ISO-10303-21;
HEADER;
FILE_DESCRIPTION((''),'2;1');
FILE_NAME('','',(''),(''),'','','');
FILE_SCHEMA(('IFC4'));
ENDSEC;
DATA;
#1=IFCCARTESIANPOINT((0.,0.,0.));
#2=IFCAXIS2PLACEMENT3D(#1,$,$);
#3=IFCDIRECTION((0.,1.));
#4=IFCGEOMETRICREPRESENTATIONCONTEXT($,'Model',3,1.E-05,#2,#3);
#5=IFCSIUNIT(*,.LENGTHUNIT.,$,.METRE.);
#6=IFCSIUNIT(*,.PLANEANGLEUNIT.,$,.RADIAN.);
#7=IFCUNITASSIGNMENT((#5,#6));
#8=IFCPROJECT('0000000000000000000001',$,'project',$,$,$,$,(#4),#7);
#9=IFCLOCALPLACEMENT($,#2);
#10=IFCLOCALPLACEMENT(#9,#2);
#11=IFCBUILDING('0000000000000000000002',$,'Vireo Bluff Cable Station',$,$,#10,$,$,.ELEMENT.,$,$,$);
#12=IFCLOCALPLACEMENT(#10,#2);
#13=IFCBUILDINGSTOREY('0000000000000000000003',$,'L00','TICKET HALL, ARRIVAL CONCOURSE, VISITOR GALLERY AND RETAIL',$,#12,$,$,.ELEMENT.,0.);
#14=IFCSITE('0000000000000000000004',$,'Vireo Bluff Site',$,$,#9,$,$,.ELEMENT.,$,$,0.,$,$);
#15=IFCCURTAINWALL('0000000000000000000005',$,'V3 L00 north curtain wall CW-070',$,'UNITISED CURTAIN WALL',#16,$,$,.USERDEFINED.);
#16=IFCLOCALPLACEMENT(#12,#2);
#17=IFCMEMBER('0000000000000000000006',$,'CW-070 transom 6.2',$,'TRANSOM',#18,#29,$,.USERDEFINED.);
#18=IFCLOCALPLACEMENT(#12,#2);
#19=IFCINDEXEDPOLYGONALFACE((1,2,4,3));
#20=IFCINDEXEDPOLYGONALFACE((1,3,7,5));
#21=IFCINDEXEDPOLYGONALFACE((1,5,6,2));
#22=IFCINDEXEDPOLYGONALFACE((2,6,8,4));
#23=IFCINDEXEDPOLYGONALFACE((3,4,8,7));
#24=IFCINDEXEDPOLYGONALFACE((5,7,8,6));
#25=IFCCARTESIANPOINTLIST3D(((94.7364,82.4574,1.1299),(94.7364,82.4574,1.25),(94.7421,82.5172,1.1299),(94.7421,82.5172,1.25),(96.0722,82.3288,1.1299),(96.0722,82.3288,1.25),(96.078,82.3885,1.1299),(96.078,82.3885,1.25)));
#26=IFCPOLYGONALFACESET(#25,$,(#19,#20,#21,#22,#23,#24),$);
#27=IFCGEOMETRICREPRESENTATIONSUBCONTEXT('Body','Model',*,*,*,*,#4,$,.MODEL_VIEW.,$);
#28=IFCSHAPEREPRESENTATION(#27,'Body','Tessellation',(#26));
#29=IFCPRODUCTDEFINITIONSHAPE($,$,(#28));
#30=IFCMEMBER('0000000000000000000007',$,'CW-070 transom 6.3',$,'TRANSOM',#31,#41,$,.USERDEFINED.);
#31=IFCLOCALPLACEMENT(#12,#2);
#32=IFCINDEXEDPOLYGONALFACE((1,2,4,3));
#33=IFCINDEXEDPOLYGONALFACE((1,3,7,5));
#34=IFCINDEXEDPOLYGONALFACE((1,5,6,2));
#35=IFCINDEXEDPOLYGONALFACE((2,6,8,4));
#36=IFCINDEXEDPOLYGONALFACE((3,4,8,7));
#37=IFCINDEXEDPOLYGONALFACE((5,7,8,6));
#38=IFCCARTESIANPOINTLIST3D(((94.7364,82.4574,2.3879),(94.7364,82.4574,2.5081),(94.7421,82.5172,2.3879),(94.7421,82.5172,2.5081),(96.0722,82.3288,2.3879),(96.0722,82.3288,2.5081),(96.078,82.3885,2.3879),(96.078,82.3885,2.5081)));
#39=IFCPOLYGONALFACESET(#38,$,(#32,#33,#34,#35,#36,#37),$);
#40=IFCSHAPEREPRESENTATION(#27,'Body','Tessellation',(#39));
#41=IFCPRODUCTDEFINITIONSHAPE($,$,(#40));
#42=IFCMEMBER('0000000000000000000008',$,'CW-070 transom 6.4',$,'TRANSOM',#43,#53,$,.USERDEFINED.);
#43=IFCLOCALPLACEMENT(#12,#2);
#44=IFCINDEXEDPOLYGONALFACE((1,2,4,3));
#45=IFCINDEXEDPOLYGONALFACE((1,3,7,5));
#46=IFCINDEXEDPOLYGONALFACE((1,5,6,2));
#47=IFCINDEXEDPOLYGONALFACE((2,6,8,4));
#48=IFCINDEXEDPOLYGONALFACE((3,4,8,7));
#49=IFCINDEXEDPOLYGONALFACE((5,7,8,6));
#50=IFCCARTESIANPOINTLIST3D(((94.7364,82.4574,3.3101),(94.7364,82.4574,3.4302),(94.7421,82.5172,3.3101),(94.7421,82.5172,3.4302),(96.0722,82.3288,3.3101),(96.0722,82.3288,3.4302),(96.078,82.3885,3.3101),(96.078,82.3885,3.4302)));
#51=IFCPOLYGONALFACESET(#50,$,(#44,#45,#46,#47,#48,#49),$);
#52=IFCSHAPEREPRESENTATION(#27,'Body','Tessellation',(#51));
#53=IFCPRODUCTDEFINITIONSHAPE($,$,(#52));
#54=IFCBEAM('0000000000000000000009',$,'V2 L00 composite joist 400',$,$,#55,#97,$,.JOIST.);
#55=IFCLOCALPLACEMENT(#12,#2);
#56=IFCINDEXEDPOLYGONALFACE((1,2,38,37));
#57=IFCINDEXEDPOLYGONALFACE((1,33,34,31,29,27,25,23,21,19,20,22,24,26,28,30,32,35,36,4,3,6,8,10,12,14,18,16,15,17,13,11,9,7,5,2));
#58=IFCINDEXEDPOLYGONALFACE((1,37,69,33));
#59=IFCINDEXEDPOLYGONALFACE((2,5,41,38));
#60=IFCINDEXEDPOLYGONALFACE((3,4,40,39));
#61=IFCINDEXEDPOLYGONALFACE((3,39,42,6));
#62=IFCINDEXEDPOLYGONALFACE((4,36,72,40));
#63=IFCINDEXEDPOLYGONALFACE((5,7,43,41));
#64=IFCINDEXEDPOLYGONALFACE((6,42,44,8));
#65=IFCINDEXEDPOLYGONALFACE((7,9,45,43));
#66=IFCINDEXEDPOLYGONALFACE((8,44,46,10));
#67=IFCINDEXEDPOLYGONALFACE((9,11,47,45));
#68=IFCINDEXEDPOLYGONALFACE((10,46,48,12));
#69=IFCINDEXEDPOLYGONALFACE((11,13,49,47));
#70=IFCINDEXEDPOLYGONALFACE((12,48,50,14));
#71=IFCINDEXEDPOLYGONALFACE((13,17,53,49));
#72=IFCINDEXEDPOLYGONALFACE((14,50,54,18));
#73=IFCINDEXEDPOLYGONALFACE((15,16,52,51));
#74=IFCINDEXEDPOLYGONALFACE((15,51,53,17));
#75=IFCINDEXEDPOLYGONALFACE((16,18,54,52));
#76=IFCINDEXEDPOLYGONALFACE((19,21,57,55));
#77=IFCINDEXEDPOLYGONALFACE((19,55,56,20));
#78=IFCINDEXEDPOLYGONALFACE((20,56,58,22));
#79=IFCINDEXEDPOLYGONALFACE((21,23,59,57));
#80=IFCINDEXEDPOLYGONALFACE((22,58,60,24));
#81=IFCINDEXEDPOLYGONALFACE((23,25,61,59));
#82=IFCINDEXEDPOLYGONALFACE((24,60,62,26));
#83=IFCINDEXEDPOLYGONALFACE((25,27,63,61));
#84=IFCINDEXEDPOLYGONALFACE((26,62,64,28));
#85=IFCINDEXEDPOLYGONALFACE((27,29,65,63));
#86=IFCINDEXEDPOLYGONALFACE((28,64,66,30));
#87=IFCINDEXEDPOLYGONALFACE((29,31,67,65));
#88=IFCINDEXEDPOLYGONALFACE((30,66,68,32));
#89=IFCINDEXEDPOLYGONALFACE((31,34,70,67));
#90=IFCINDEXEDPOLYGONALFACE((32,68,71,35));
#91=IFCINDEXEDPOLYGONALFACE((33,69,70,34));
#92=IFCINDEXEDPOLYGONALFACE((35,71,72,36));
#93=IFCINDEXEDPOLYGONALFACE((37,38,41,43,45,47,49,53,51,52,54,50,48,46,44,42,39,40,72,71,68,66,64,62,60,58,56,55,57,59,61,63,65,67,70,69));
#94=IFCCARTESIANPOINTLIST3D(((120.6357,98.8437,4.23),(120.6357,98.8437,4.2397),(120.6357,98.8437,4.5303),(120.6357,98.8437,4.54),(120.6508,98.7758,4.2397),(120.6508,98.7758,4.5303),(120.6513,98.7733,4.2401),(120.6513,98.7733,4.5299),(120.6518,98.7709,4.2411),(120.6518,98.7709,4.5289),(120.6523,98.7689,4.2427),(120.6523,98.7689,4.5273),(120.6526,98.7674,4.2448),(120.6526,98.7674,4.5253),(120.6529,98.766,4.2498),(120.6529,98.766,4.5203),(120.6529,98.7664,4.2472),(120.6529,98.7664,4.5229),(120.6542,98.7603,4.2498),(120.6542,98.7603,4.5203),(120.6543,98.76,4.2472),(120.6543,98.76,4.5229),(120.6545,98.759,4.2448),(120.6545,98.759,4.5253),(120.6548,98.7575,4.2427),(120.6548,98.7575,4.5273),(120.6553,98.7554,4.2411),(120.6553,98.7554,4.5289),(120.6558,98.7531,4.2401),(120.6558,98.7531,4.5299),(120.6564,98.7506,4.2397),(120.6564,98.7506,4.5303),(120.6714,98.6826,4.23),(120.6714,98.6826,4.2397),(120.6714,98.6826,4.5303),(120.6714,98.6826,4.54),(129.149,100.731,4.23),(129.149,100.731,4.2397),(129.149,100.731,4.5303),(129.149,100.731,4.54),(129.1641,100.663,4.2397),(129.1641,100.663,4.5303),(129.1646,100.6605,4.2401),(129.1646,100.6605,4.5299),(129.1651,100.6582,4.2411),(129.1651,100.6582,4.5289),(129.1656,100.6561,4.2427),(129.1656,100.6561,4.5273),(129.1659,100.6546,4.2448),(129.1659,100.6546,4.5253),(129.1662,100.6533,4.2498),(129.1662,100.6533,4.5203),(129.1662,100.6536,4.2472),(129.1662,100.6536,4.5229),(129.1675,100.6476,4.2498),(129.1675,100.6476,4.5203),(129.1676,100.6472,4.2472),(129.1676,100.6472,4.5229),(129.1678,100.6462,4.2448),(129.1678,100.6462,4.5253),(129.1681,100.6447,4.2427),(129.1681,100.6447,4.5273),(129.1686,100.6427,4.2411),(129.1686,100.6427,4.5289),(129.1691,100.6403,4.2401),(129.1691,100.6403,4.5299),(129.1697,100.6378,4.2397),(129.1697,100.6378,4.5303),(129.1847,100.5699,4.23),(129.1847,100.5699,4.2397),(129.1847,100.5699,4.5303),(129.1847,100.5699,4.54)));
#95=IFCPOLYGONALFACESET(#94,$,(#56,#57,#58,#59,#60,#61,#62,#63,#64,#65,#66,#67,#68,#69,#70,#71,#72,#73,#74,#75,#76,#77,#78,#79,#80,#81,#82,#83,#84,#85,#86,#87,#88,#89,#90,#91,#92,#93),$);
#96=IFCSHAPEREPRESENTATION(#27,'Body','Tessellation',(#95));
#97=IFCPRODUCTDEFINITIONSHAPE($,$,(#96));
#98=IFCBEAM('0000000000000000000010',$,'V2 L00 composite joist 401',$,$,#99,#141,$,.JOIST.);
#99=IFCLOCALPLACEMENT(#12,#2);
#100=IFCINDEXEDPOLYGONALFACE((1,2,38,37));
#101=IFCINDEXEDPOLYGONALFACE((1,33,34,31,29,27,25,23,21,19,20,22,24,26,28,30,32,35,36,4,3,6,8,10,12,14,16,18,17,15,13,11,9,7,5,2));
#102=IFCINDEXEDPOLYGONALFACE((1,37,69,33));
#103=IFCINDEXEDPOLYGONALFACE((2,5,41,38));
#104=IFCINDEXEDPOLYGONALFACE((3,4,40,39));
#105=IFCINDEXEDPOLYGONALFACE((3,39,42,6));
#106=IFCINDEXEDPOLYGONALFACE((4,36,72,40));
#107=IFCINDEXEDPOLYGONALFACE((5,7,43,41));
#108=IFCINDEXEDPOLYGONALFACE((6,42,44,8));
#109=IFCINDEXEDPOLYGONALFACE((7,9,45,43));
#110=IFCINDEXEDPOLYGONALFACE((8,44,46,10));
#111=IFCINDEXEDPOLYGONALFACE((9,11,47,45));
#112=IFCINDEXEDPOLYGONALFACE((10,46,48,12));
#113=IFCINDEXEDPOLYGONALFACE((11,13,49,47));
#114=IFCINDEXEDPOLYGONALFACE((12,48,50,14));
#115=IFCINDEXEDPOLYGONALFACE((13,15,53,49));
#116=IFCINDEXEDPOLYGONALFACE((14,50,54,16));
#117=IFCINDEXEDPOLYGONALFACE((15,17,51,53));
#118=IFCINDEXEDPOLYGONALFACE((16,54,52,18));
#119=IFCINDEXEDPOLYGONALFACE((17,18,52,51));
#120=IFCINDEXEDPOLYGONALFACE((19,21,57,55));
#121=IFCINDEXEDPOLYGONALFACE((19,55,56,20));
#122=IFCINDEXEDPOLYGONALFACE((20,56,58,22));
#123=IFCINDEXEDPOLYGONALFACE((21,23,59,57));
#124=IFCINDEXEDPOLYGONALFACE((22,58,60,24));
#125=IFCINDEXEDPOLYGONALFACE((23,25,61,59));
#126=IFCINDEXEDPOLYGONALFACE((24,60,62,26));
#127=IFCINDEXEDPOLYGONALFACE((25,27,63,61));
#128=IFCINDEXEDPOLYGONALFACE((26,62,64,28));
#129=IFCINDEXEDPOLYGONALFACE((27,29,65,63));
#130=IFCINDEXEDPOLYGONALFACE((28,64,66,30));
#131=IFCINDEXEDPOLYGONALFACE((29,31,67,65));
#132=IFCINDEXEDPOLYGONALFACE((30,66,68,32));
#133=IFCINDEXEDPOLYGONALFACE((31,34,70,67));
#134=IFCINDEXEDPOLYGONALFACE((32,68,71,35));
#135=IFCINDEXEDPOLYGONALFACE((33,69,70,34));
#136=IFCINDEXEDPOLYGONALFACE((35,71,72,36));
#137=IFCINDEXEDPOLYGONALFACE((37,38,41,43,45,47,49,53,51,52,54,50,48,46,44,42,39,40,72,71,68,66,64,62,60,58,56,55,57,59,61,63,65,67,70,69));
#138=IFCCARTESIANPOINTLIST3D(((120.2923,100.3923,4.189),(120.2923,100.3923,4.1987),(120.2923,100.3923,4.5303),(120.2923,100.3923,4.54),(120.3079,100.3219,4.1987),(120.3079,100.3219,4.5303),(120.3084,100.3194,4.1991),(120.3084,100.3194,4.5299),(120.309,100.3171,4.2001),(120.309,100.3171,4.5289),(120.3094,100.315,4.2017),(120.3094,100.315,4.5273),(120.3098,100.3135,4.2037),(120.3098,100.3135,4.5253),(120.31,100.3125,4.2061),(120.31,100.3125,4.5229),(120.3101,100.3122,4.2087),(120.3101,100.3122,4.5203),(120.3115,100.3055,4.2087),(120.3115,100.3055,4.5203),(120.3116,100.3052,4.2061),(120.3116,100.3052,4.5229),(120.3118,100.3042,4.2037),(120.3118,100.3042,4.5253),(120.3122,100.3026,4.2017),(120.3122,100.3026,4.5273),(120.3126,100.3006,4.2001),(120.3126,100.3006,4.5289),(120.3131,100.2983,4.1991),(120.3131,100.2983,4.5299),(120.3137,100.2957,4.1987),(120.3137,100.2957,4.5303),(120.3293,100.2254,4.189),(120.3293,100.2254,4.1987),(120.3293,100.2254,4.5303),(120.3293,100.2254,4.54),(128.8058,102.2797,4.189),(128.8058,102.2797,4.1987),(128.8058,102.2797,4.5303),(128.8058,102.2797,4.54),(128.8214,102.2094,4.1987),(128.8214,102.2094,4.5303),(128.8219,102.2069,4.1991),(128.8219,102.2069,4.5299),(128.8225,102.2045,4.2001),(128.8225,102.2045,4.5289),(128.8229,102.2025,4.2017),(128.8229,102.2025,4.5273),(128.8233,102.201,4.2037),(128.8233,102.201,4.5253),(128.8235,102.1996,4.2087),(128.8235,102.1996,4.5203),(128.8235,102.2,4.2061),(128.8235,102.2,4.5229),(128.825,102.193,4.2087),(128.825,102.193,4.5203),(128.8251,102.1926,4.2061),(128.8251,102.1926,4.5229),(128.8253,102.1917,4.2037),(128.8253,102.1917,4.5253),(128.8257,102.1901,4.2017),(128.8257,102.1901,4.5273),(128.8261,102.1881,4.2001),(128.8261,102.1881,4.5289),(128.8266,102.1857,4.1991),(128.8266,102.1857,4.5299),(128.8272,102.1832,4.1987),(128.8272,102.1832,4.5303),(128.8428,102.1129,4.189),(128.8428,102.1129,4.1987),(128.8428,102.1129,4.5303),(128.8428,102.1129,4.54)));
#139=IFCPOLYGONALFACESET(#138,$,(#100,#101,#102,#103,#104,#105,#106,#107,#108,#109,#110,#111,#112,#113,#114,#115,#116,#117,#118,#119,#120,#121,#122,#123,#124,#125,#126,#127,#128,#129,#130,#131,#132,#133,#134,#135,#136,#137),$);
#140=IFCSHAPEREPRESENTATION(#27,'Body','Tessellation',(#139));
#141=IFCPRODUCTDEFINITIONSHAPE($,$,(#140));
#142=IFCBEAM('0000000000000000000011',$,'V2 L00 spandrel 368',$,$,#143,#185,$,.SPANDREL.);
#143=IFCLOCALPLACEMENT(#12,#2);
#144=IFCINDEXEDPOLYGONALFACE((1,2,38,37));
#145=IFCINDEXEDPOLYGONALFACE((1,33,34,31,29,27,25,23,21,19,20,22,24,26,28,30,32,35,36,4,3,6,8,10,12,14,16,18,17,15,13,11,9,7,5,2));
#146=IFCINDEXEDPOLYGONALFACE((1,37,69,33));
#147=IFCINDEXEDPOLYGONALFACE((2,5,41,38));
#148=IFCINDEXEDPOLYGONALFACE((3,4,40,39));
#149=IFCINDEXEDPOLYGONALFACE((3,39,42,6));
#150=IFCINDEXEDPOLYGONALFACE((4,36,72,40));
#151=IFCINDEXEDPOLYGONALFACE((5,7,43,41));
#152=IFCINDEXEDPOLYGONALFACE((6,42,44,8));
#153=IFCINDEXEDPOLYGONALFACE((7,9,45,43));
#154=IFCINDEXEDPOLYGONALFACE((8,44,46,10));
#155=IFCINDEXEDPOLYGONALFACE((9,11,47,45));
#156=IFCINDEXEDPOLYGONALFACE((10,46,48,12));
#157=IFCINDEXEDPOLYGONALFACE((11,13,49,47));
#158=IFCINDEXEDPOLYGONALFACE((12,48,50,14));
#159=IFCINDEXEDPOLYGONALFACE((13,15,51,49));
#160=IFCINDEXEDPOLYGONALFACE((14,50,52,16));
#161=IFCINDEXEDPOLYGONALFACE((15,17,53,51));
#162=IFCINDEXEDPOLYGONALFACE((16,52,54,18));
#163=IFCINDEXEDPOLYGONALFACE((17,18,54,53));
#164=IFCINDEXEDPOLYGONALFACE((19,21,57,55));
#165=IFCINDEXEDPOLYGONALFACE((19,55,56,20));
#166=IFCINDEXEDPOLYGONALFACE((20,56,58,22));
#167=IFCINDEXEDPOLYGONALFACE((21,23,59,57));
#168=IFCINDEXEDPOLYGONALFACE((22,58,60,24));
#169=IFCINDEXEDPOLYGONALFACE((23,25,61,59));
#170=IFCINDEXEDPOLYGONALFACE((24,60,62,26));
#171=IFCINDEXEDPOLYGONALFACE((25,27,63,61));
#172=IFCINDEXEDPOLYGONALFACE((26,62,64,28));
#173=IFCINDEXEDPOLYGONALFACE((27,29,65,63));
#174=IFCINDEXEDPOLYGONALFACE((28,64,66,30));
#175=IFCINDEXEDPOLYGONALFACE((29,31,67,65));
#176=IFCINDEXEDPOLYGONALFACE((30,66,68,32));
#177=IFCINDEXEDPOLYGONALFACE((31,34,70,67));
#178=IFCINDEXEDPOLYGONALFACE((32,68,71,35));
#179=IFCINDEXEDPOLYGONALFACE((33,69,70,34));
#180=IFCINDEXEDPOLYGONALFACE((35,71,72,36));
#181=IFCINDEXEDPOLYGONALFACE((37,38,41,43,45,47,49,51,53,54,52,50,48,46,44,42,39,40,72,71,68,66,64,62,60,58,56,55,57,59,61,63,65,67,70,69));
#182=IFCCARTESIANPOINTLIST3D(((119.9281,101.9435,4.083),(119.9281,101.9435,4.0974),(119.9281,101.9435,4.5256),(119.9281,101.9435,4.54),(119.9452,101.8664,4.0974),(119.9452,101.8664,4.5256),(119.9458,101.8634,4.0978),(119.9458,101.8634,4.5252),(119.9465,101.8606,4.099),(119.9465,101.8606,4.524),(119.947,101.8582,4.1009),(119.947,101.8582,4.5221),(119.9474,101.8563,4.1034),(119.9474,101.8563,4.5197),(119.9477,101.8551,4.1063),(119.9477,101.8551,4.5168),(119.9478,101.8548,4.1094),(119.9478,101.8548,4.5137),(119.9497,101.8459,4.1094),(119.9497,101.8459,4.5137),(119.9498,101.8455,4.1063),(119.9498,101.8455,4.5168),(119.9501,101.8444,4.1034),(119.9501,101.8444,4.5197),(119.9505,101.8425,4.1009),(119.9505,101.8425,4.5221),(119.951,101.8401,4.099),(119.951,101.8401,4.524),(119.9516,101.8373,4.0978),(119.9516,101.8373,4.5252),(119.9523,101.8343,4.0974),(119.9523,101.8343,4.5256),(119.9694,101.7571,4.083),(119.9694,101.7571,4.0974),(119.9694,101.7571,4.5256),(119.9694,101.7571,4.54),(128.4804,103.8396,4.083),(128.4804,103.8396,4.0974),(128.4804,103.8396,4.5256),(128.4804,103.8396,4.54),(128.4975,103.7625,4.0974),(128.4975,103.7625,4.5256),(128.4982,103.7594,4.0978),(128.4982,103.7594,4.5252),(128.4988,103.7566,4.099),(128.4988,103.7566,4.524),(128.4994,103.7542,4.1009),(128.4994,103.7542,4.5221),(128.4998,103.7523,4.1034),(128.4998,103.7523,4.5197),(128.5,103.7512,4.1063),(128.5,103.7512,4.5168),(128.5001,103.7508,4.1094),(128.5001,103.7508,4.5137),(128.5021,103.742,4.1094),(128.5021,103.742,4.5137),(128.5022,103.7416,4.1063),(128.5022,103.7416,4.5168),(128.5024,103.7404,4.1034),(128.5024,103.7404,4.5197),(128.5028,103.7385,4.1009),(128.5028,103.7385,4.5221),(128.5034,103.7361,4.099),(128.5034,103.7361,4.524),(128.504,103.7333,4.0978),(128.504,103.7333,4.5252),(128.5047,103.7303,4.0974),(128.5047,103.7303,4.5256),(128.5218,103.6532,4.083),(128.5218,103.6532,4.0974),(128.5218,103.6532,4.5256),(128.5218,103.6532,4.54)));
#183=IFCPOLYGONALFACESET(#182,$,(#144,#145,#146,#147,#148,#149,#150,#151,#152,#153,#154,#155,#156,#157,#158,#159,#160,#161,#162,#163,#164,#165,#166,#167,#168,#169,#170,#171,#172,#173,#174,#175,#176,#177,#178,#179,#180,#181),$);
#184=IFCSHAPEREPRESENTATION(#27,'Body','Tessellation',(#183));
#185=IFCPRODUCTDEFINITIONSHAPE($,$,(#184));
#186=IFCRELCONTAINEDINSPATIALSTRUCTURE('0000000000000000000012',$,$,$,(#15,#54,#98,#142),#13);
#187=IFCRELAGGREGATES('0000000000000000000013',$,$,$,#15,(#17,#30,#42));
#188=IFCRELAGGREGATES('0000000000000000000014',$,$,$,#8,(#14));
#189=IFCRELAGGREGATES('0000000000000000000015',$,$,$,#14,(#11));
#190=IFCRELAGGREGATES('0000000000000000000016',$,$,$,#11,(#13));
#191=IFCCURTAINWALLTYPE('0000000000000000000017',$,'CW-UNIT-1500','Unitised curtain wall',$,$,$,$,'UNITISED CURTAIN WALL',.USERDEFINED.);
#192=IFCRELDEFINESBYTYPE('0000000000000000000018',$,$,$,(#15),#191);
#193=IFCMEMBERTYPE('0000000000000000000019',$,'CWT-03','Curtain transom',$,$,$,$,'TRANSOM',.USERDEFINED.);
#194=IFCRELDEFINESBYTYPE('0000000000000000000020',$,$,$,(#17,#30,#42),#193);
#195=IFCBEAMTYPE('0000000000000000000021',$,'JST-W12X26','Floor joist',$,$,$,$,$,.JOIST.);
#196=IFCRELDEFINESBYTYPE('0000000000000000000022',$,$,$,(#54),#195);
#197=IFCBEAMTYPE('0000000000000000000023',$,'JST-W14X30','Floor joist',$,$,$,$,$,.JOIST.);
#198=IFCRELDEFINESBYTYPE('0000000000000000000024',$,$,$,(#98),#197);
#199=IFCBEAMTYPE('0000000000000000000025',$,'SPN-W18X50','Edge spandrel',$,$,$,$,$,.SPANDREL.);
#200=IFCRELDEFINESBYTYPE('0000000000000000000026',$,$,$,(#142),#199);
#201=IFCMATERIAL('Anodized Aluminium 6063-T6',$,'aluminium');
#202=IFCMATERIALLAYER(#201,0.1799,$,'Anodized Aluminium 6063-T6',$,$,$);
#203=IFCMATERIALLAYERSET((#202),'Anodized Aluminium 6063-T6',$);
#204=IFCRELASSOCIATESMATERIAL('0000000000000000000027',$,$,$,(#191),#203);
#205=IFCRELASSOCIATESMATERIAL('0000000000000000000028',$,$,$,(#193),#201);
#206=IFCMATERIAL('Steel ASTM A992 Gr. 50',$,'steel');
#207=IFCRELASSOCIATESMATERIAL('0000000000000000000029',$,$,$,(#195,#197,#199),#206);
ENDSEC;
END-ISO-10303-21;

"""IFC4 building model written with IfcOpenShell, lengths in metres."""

from ifc_helpers import new_model, si_unit, direction, frame, origin, origin_2d, place, context, subcontext, project, spatial, rectangle, i_section, extrude, material, layer, layer_set, material_profile, profile_set, type_object, element, aggregate, save


model = new_model("IFC4")

# Units and contexts
model_context = context("Model", 3, precision=1e-05, world=origin(), true_north=direction((0.0, 1.0)))
body_context = subcontext(model_context, "Body", "Model", "MODEL_VIEW")
ifc_project = project(units=[si_unit("LENGTHUNIT", "METRE"), si_unit("PLANEANGLEUNIT", "RADIAN")], contexts=[model_context])

# Site, building, storey
site_placement = place(None, origin())
site = spatial("IfcSite", under=ifc_project, at=site_placement, Name="Vireo Bluff Site", CompositionType="ELEMENT", RefElevation=0.0)
building_placement = place(site_placement, origin())
building = spatial("IfcBuilding", under=site, at=building_placement, Name="Vireo Bluff Cable Station", CompositionType="ELEMENT")
storey_placement = place(building_placement, origin())
storey = spatial("IfcBuildingStorey", under=building, at=storey_placement, Name="L00", Description="TICKET HALL, ARRIVAL CONCOURSE, VISITOR GALLERY AND RETAIL", CompositionType="ELEMENT", Elevation=0.0)

# Shared definitions
ifc_material_1 = material(Name="Steel ASTM A992 Gr. 50", Category="steel")

# Curtain wall, members
ifc_material_2 = material(Name="Anodized Aluminium 6063-T6", Category="aluminium")
ifc_layer_1 = layer(ifc_material_2, 0.1799, Name="Anodized Aluminium 6063-T6")
ifc_layer_set_1 = layer_set([ifc_layer_1], Name="Anodized Aluminium 6063-T6")
curtain_wall_type = type_object("IfcCurtainWallType", Name="CW-UNIT-1500", Description="Unitised curtain wall", ElementType="UNITISED CURTAIN WALL", PredefinedType="USERDEFINED", material=ifc_layer_set_1)
curtain_wall_placement = place(storey_placement, origin())
curtain_wall = element("IfcCurtainWall", 1, at=curtain_wall_placement, inside=storey, type_object=curtain_wall_type, Name="V3 L00 north curtain wall CW-070", ObjectType="UNITISED CURTAIN WALL", PredefinedType="USERDEFINED")
ifc_material_profile_1 = material_profile(ifc_material_2, rectangle(XDim=0.0601, YDim=0.1201, at=origin_2d()), Name="ALU-T-60X120")
ifc_profile_set_1 = profile_set([ifc_material_profile_1], Name="Anodized Aluminium 6063-T6")
member_type = type_object("IfcMemberType", Name="CWT-03", Description="Curtain transom", ElementType="TRANSOM", PredefinedType="USERDEFINED", material=ifc_profile_set_1)
member_1_placement = place(storey_placement, frame((94.7393, 82.4873, 1.1899), z_axis=(0.995394, -0.095865, 0.0), x_axis=(0.095865, 0.995394, 0.0)))
member_1 = element("IfcMember", 2, at=member_1_placement, type_object=member_type, Name="CW-070 transom 6.2", ObjectType="TRANSOM", PredefinedType="USERDEFINED", context=body_context, shape_type="SweptSolid", body=[
    extrude(rectangle(XDim=0.0601, YDim=0.1201, at=origin_2d()), origin(), (0.0, 0.0, 1.0), 1.342),
])
member_2_placement = place(storey_placement, frame((94.7393, 82.4873, 2.448), z_axis=(0.995394, -0.095865, 0.0), x_axis=(0.095865, 0.995394, 0.0)))
member_2 = element("IfcMember", 3, at=member_2_placement, type_object=member_type, Name="CW-070 transom 6.3", ObjectType="TRANSOM", PredefinedType="USERDEFINED", context=body_context, shape_type="SweptSolid", body=[
    extrude(rectangle(XDim=0.0601, YDim=0.1201, at=origin_2d()), origin(), (0.0, 0.0, 1.0), 1.342),
])
member_3_placement = place(storey_placement, frame((94.7393, 82.4873, 3.3701), z_axis=(0.995394, -0.095865, 0.0), x_axis=(0.095865, 0.995394, 0.0)))
member_3 = element("IfcMember", 4, at=member_3_placement, type_object=member_type, Name="CW-070 transom 6.4", ObjectType="TRANSOM", PredefinedType="USERDEFINED", context=body_context, shape_type="SweptSolid", body=[
    extrude(rectangle(XDim=0.0601, YDim=0.1201, at=origin_2d()), origin(), (0.0, 0.0, 1.0), 1.342),
])

# Beams
ifc_material_profile_2 = material_profile(ifc_material_1, i_section(OverallWidth=0.165, OverallDepth=0.3101, WebThickness=0.0059, FlangeThickness=0.0098, FilletRadius=0.01, at=origin_2d()), Name="W12X26")
ifc_profile_set_2 = profile_set([ifc_material_profile_2], Name="Steel ASTM A992 Gr. 50")
beam_type_1 = type_object("IfcBeamType", Name="JST-W12X26", Description="Floor joist", PredefinedType="JOIST", material=ifc_profile_set_2)
beam_1_placement = place(storey_placement, frame((120.6536, 98.7632, 4.385), z_axis=(0.976299, 0.216426, 0.0), x_axis=(-0.216426, 0.976299, 0.0)))
element("IfcBeam", 5, at=beam_1_placement, inside=storey, type_object=beam_type_1, Name="V2 L00 composite joist 400", PredefinedType="JOIST", context=body_context, shape_type="SweptSolid", body=[
    extrude(i_section(OverallWidth=0.165, OverallDepth=0.3101, WebThickness=0.0059, FlangeThickness=0.0098, FilletRadius=0.01, at=origin_2d()), origin(), (0.0, 0.0, 1.0), 8.72),
])
ifc_material_profile_3 = material_profile(ifc_material_1, i_section(OverallWidth=0.1709, OverallDepth=0.3511, WebThickness=0.0068, FlangeThickness=0.0098, FilletRadius=0.01, at=origin_2d()), Name="W14X30")
ifc_profile_set_3 = profile_set([ifc_material_profile_3], Name="Steel ASTM A992 Gr. 50")
beam_type_2 = type_object("IfcBeamType", Name="JST-W14X30", Description="Floor joist", PredefinedType="JOIST", material=ifc_profile_set_3)
beam_2_placement = place(storey_placement, frame((120.3108, 100.3088, 4.3645), z_axis=(0.976294, 0.216447, 0.0), x_axis=(-0.216447, 0.976294, 0.0)))
element("IfcBeam", 6, at=beam_2_placement, inside=storey, type_object=beam_type_2, Name="V2 L00 composite joist 401", PredefinedType="JOIST", context=body_context, shape_type="SweptSolid", body=[
    extrude(i_section(OverallWidth=0.1709, OverallDepth=0.3511, WebThickness=0.0068, FlangeThickness=0.0098, FilletRadius=0.01, at=origin_2d()), origin(), (0.0, 0.0, 1.0), 8.7202),
])
ifc_material_profile_4 = material_profile(ifc_material_1, i_section(OverallWidth=0.1909, OverallDepth=0.457, WebThickness=0.009, FlangeThickness=0.0144, FilletRadius=0.012, at=origin_2d()), Name="W18X50")
ifc_profile_set_4 = profile_set([ifc_material_profile_4], Name="Steel ASTM A992 Gr. 50")
beam_type_3 = type_object("IfcBeamType", Name="SPN-W18X50", Description="Edge spandrel", PredefinedType="SPANDREL", material=ifc_profile_set_4)
beam_3_placement = place(storey_placement, frame((119.9487, 101.8503, 4.3115), z_axis=(0.976296, 0.216441, 0.0), x_axis=(-0.216441, 0.976296, 0.0)))
element("IfcBeam", 7, at=beam_3_placement, inside=storey, type_object=beam_type_3, Name="V2 L00 spandrel 368", PredefinedType="SPANDREL", context=body_context, shape_type="SweptSolid", body=[
    extrude(i_section(OverallWidth=0.1909, OverallDepth=0.457, WebThickness=0.009, FlangeThickness=0.0144, FilletRadius=0.012, at=origin_2d()), origin(), (0.0, 0.0, 1.0), 8.76),
])

aggregate(curtain_wall, [member_1, member_2, member_3])

save(model, "model.ifc")
